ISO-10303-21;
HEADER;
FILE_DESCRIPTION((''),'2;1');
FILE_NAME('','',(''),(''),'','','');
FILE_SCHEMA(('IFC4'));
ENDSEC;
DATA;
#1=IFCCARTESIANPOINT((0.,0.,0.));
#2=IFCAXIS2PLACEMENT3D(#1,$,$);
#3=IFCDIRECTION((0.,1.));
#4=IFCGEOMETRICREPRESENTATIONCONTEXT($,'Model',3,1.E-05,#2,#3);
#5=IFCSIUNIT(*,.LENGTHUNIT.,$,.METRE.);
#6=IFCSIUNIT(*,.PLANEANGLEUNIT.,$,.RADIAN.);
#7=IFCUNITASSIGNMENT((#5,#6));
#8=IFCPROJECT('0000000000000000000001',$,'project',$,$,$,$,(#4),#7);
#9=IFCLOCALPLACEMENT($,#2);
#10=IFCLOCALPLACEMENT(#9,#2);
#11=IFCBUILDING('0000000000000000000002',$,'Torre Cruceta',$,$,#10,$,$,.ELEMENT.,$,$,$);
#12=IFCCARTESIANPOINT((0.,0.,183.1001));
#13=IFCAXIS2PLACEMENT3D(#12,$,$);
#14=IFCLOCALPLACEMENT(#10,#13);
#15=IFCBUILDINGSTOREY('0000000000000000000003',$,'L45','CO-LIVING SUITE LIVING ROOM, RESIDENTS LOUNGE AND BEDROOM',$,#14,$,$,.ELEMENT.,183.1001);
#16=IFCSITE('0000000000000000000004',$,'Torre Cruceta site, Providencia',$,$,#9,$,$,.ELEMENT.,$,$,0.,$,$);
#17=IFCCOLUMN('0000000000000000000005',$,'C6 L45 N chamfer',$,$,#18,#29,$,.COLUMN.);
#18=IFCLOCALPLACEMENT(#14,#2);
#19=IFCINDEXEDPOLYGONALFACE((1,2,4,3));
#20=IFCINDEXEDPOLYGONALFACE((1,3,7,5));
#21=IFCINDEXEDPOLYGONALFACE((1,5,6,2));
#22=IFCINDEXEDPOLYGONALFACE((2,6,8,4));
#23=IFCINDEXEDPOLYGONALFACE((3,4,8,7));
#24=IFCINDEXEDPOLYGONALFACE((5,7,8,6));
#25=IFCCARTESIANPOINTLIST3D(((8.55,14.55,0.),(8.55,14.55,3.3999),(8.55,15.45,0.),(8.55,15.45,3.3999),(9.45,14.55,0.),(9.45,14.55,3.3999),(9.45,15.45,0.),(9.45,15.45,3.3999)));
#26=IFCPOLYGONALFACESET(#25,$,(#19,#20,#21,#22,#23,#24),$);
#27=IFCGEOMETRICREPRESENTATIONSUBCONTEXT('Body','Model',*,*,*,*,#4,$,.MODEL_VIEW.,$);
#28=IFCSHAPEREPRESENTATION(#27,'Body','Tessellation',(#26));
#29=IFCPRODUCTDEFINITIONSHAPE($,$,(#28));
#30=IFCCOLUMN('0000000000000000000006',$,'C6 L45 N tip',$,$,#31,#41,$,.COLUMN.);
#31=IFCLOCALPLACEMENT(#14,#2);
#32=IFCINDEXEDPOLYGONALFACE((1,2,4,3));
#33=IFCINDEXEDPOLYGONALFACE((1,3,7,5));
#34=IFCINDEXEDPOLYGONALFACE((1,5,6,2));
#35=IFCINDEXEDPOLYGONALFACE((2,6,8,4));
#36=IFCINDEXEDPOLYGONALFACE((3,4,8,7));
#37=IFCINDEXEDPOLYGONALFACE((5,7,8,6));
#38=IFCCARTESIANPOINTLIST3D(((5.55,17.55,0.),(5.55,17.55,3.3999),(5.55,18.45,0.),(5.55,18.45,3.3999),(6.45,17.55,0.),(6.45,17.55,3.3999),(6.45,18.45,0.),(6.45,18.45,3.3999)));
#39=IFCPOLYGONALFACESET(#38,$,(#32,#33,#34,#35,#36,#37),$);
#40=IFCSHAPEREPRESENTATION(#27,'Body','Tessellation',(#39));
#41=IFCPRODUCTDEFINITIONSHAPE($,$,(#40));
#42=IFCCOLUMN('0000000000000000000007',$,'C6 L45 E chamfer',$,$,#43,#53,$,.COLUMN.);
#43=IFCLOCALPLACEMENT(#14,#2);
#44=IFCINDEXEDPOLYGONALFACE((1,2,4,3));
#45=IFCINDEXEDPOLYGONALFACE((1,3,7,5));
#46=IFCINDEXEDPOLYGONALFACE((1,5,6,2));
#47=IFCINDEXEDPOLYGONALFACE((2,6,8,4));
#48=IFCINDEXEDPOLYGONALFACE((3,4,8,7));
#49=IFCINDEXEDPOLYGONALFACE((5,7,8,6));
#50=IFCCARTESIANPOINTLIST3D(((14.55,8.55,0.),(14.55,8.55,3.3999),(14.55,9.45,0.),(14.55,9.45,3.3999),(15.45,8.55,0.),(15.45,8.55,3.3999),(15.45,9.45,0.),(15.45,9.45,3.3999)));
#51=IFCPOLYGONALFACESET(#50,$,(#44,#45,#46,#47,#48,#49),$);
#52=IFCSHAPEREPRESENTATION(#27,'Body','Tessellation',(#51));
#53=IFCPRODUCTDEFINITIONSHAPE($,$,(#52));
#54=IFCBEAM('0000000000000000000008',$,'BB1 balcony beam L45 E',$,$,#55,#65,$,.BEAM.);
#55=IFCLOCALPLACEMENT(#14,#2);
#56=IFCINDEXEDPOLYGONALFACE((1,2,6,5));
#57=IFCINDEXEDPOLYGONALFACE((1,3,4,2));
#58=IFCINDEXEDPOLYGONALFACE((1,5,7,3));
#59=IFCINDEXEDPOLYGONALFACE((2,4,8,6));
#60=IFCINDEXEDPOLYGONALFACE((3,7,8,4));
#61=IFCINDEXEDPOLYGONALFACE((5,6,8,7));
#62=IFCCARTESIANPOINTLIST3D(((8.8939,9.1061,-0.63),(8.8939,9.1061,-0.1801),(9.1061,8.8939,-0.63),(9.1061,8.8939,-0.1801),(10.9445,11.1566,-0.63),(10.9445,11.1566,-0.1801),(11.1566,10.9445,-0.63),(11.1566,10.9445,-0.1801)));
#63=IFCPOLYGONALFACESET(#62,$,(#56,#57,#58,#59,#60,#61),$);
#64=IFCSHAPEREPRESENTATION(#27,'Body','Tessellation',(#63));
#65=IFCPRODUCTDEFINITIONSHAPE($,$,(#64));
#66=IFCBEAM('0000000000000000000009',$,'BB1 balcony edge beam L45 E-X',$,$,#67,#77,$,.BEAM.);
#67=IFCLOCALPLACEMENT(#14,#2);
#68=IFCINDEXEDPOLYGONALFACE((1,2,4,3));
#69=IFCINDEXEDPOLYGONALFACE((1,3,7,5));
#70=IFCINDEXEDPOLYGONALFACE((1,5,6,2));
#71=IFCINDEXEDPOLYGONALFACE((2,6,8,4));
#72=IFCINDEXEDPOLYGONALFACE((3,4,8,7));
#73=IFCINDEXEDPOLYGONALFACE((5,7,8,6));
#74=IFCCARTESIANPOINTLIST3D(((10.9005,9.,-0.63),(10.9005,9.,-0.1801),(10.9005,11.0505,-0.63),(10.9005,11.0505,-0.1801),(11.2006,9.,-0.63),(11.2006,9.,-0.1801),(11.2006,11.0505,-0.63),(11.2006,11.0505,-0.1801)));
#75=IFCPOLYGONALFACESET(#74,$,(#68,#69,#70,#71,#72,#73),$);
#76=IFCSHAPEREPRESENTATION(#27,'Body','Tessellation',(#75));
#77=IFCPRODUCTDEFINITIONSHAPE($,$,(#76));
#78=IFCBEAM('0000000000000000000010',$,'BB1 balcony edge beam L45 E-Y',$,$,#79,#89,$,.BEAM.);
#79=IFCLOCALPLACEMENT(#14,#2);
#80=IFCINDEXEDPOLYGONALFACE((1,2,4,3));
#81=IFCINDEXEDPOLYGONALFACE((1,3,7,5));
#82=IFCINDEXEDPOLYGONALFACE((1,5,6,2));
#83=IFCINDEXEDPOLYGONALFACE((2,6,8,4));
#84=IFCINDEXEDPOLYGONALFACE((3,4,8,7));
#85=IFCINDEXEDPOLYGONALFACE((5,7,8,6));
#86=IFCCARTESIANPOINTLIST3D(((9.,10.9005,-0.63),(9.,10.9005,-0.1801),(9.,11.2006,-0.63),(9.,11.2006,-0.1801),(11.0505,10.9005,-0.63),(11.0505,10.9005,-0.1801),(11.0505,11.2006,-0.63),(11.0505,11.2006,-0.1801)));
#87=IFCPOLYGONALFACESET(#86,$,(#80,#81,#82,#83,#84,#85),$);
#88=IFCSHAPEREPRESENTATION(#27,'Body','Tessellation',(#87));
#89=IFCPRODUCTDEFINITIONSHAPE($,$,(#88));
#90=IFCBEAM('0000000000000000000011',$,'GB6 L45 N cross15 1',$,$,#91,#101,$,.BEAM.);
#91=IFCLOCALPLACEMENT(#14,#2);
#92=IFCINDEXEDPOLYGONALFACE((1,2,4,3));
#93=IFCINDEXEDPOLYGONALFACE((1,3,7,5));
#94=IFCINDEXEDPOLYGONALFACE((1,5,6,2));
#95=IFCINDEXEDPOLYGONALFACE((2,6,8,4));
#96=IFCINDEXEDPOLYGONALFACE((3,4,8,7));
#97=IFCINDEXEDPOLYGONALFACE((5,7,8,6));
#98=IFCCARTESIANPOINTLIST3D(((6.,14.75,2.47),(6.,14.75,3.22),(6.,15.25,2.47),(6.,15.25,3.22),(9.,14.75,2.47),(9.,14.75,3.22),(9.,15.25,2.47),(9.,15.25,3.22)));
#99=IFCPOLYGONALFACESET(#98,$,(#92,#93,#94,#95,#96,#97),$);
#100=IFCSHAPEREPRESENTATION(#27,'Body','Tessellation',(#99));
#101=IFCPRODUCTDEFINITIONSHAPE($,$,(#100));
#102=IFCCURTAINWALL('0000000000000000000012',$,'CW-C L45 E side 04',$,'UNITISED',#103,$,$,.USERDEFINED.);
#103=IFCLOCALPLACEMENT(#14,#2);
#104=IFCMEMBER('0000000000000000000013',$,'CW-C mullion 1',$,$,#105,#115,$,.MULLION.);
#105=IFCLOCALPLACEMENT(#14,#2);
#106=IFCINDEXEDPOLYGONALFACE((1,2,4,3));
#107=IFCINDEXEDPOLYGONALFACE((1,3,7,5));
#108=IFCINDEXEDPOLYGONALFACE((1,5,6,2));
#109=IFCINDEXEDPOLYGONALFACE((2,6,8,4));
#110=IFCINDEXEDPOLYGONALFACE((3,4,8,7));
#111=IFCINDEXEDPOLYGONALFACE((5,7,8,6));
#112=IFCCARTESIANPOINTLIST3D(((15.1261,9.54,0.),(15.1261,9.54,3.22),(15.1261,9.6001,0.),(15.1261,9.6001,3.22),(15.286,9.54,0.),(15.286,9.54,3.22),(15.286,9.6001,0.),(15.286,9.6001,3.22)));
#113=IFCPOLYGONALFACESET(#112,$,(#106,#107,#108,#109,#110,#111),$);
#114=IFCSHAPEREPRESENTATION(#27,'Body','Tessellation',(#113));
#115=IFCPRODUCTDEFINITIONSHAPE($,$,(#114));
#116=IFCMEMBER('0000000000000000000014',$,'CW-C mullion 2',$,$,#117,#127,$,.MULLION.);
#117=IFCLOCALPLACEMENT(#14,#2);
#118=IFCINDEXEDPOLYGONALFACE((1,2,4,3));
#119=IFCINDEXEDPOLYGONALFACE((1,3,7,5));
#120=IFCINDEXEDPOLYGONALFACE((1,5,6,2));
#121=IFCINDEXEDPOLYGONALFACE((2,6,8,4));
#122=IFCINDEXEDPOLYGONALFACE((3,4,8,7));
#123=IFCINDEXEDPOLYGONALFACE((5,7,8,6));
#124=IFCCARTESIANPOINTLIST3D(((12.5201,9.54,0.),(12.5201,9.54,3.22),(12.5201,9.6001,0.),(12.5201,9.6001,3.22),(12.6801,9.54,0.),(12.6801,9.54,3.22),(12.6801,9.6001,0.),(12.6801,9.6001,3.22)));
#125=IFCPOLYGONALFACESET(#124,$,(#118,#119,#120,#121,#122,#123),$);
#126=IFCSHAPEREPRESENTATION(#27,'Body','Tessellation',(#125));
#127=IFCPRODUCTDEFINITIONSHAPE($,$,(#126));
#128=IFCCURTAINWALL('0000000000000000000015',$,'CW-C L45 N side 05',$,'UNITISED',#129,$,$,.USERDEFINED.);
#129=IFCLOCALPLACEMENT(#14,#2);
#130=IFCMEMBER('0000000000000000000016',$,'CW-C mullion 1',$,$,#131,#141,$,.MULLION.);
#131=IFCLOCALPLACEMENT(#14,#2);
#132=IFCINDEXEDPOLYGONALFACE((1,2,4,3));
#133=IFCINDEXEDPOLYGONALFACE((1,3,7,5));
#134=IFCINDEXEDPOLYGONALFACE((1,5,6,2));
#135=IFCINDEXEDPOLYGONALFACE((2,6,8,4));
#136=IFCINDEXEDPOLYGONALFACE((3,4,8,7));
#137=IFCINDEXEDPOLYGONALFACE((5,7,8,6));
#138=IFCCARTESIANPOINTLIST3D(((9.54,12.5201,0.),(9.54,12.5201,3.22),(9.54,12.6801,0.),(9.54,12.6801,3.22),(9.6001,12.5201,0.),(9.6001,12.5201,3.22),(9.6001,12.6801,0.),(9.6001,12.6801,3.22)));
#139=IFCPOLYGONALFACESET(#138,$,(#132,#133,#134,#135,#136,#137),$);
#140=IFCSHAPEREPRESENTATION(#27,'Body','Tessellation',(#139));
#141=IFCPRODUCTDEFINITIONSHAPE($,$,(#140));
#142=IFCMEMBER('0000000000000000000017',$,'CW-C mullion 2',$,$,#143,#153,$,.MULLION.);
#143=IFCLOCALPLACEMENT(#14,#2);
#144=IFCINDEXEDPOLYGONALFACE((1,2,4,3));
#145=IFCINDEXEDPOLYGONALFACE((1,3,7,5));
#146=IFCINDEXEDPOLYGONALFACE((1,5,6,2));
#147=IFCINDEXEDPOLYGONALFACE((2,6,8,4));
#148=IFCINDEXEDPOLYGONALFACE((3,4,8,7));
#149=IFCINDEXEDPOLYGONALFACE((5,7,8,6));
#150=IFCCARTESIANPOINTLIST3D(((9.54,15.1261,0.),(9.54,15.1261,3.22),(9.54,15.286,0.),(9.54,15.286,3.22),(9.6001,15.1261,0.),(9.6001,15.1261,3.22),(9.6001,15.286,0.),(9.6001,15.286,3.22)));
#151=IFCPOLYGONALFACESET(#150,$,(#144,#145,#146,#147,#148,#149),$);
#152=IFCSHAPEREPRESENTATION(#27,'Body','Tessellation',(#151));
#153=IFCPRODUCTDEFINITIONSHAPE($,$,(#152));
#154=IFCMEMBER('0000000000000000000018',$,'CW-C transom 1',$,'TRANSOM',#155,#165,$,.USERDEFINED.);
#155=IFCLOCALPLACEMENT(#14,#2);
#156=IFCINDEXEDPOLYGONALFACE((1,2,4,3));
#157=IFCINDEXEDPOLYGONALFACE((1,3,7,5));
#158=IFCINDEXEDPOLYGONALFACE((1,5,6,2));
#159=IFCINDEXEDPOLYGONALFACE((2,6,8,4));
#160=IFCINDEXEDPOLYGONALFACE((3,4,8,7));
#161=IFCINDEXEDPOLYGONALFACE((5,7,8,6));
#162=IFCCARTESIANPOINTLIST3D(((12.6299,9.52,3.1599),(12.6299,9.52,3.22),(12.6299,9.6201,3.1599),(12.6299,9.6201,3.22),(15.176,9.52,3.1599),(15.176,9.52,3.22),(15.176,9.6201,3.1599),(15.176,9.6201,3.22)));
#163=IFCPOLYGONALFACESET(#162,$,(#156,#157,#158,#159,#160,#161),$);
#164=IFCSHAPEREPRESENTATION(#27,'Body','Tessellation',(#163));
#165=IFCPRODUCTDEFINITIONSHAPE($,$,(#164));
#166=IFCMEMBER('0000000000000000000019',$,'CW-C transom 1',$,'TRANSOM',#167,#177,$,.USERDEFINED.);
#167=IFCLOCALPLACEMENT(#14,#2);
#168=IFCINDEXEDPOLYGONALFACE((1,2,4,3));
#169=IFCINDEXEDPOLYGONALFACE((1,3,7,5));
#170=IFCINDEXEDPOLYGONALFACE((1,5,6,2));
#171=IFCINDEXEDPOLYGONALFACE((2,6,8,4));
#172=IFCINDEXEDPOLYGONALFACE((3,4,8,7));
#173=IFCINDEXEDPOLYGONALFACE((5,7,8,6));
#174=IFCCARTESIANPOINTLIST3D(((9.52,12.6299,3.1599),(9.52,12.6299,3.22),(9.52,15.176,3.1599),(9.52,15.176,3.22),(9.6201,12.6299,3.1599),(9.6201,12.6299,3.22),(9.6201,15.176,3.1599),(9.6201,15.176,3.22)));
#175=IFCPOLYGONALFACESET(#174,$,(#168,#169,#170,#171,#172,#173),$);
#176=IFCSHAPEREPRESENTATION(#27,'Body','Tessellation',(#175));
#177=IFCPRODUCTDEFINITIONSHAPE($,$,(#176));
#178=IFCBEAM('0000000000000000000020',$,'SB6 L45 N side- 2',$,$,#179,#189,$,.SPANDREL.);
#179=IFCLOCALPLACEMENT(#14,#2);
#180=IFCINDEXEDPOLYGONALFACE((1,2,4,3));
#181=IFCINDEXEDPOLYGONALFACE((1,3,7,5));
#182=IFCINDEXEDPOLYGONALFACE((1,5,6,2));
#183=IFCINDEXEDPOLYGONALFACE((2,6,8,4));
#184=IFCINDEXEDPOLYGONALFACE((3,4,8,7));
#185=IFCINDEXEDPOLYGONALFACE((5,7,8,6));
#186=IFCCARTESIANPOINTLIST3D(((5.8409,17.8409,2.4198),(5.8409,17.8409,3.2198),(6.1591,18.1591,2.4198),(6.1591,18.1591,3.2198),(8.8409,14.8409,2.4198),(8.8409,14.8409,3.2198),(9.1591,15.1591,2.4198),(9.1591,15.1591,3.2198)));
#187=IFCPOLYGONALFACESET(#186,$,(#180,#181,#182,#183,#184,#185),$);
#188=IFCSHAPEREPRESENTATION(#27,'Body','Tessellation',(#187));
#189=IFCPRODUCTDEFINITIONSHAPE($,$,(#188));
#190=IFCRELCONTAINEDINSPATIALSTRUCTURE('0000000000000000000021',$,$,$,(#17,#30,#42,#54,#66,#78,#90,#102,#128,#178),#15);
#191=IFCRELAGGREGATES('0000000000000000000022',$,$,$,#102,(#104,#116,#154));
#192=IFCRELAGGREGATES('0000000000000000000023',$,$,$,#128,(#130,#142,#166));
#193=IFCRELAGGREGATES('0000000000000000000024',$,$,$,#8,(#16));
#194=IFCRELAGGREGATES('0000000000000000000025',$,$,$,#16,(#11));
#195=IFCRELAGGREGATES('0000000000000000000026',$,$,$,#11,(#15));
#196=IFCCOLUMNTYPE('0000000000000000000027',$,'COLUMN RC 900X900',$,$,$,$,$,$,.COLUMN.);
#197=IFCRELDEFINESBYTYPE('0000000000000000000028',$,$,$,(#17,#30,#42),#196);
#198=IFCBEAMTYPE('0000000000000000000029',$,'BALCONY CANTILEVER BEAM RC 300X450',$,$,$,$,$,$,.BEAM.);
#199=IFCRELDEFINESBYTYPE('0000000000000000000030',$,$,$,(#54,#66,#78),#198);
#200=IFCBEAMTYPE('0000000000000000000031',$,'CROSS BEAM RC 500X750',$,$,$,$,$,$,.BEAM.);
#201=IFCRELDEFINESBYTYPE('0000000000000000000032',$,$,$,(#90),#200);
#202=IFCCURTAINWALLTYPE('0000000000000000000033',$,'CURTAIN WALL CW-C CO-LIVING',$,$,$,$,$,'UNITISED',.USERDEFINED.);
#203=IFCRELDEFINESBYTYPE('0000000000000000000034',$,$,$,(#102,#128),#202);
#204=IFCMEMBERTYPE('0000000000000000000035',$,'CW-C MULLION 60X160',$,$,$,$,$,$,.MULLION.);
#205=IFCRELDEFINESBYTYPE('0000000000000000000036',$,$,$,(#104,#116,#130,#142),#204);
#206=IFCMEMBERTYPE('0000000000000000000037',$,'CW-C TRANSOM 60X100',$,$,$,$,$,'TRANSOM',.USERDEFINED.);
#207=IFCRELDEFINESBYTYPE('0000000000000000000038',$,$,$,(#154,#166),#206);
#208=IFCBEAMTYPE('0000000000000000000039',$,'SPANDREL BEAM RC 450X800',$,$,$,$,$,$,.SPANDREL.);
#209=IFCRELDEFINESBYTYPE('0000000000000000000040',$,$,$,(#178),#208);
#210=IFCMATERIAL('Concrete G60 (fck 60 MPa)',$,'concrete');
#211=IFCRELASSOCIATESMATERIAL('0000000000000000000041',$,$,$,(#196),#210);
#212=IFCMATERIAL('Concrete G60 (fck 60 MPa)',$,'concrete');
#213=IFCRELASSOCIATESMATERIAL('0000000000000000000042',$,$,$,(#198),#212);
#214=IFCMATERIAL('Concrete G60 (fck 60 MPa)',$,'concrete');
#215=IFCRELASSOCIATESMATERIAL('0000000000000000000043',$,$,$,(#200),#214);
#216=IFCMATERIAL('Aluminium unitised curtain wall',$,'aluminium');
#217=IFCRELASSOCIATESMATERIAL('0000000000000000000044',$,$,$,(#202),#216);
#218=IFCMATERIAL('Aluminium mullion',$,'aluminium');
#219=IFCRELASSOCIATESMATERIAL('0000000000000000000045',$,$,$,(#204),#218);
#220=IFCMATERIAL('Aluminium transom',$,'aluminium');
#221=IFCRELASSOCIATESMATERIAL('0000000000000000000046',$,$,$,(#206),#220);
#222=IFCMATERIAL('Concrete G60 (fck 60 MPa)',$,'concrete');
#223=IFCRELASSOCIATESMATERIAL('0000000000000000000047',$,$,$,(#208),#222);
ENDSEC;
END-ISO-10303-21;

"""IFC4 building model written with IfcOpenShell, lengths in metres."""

from ifc_helpers import new_model, si_unit, direction, frame, origin, origin_2d, place, context, subcontext, project, spatial, rectangle, extrude, material, material_profile, profile_set, type_object, element, aggregate, save


model = new_model("IFC4")

# Units and contexts
model_context = context("Model", 3, precision=1e-05, world=origin(), true_north=direction((0.0, 1.0)))
body_context = subcontext(model_context, "Body", "Model", "MODEL_VIEW")
ifc_project = project(units=[si_unit("LENGTHUNIT", "METRE"), si_unit("PLANEANGLEUNIT", "RADIAN")], contexts=[model_context])

# Site, building, storey
site_placement = place(None, origin())
site = spatial("IfcSite", under=ifc_project, at=site_placement, Name="Torre Cruceta site, Providencia", CompositionType="ELEMENT", RefElevation=0.0)
building_placement = place(site_placement, origin())
building = spatial("IfcBuilding", under=site, at=building_placement, Name="Torre Cruceta", CompositionType="ELEMENT")
storey_placement = place(building_placement, frame((0.0, 0.0, 183.1001)))
storey = spatial("IfcBuildingStorey", under=building, at=storey_placement, Name="L45", Description="CO-LIVING SUITE LIVING ROOM, RESIDENTS LOUNGE AND BEDROOM", CompositionType="ELEMENT", Elevation=183.1001)

# Columns
ifc_material_1 = material(Name="Concrete G60 (fck 60 MPa)", Category="concrete")
ifc_material_profile_1 = material_profile(ifc_material_1, rectangle(XDim=0.8999, YDim=0.8999, at=origin_2d()), Name="RC 900X900")
ifc_profile_set_1 = profile_set([ifc_material_profile_1], Name="Concrete G60 (fck 60 MPa)")
column_type = type_object("IfcColumnType", Name="COLUMN RC 900X900", PredefinedType="COLUMN", material=ifc_profile_set_1)
for number, where, z_axis, x_axis, name in (
    (1, (9.0, 15.0, 0.0), (0.0, 0.0, 1.0), (1.0, 0.0, 0.0), "C6 L45 N chamfer"),
    (2, (6.0, 18.0, 0.0), (0.0, 0.0, 1.0), (1.0, 0.0, 0.0), "C6 L45 N tip"),
    (3, (15.0, 9.0, 0.0), (0.0, 0.0, 1.0), (1.0, 0.0, 0.0), "C6 L45 E chamfer"),
):
    element("IfcColumn", number, at=place(storey_placement, frame(where, z_axis=z_axis, x_axis=x_axis)), inside=storey, type_object=column_type, Name=name, PredefinedType="COLUMN", context=body_context, shape_type="SweptSolid", body=[
        extrude(rectangle(XDim=0.8999, YDim=0.8999, at=origin_2d()), origin(), (0.0, 0.0, 1.0), 3.3999),
    ])

# Beams
ifc_material_2 = material(Name="Concrete G60 (fck 60 MPa)", Category="concrete")
ifc_material_profile_2 = material_profile(ifc_material_2, rectangle(XDim=0.3, YDim=0.45, at=origin_2d()), Name="RC 300X450")
ifc_profile_set_2 = profile_set([ifc_material_profile_2], Name="Concrete G60 (fck 60 MPa)")
beam_type_1 = type_object("IfcBeamType", Name="BALCONY CANTILEVER BEAM RC 300X450", PredefinedType="BEAM", material=ifc_profile_set_2)
beam_1_placement = place(storey_placement, frame((9.0, 9.0, -0.405), z_axis=(0.707107, 0.707107, 0.0), x_axis=(-0.707107, 0.707107, 0.0)))
element("IfcBeam", 4, at=beam_1_placement, inside=storey, type_object=beam_type_1, Name="BB1 balcony beam L45 E", PredefinedType="BEAM", context=body_context, shape_type="SweptSolid", body=[
    extrude(rectangle(XDim=0.3, YDim=0.45, at=origin_2d()), origin(), (0.0, 0.0, 1.0), 2.8999),
])
for number, where, z_axis, x_axis, name in (
    (5, (11.0505, 9.0, -0.405), (0.0, 1.0, 0.0), (-1.0, 0.0, 0.0), "BB1 balcony edge beam L45 E-X"),
    (6, (9.0, 11.0505, -0.405), (1.0, 0.0, 0.0), (0.0, 1.0, 0.0), "BB1 balcony edge beam L45 E-Y"),
):
    element("IfcBeam", number, at=place(storey_placement, frame(where, z_axis=z_axis, x_axis=x_axis)), inside=storey, type_object=beam_type_1, Name=name, PredefinedType="BEAM", context=body_context, shape_type="SweptSolid", body=[
        extrude(rectangle(XDim=0.3, YDim=0.45, at=origin_2d()), origin(), (0.0, 0.0, 1.0), 2.0505),
    ])
ifc_material_3 = material(Name="Concrete G60 (fck 60 MPa)", Category="concrete")
ifc_material_profile_3 = material_profile(ifc_material_3, rectangle(XDim=0.5, YDim=0.75, at=origin_2d()), Name="RC 500X750")
ifc_profile_set_3 = profile_set([ifc_material_profile_3], Name="Concrete G60 (fck 60 MPa)")
beam_type_2 = type_object("IfcBeamType", Name="CROSS BEAM RC 500X750", PredefinedType="BEAM", material=ifc_profile_set_3)
beam_2_placement = place(storey_placement, frame((9.0, 15.0, 2.845), z_axis=(-1.0, 0.0, 0.0), x_axis=(0.0, -1.0, 0.0)))
element("IfcBeam", 7, at=beam_2_placement, inside=storey, type_object=beam_type_2, Name="GB6 L45 N cross15 1", PredefinedType="BEAM", context=body_context, shape_type="SweptSolid", body=[
    extrude(rectangle(XDim=0.5, YDim=0.75, at=origin_2d()), origin(), (0.0, 0.0, 1.0), 3.0),
])

# Curtain walls, members
ifc_material_4 = material(Name="Aluminium unitised curtain wall", Category="aluminium")
curtain_wall_type = type_object("IfcCurtainWallType", Name="CURTAIN WALL CW-C CO-LIVING", ElementType="UNITISED", PredefinedType="USERDEFINED", material=ifc_material_4)
curtain_wall_1_placement = place(storey_placement, origin())
curtain_wall_1 = element("IfcCurtainWall", 8, at=curtain_wall_1_placement, inside=storey, type_object=curtain_wall_type, Name="CW-C L45 E side 04", ObjectType="UNITISED", PredefinedType="USERDEFINED")
ifc_material_5 = material(Name="Aluminium mullion", Category="aluminium")
ifc_material_profile_4 = material_profile(ifc_material_5, rectangle(XDim=0.0601, YDim=0.1599, at=origin_2d()), Name="AL 60X160")
ifc_profile_set_4 = profile_set([ifc_material_profile_4], Name="Aluminium mullion")
member_type_1 = type_object("IfcMemberType", Name="CW-C MULLION 60X160", PredefinedType="MULLION", material=ifc_profile_set_4)
member_1_placement = place(storey_placement, frame((15.2061, 9.5701, 0.0), z_axis=(0.0, 0.0, 1.0), x_axis=(0.0, -1.0, 0.0)))
member_1 = element("IfcMember", 9, at=member_1_placement, type_object=member_type_1, Name="CW-C mullion 1", PredefinedType="MULLION", context=body_context, shape_type="SweptSolid", body=[
    extrude(rectangle(XDim=0.0601, YDim=0.1599, at=origin_2d()), origin(), (0.0, 0.0, 1.0), 3.22),
])
member_2_placement = place(storey_placement, frame((12.6001, 9.5701, 0.0), z_axis=(0.0, 0.0, 1.0), x_axis=(0.0, -1.0, 0.0)))
member_2 = element("IfcMember", 10, at=member_2_placement, type_object=member_type_1, Name="CW-C mullion 2", PredefinedType="MULLION", context=body_context, shape_type="SweptSolid", body=[
    extrude(rectangle(XDim=0.0601, YDim=0.1599, at=origin_2d()), origin(), (0.0, 0.0, 1.0), 3.22),
])
curtain_wall_2_placement = place(storey_placement, origin())
curtain_wall_2 = element("IfcCurtainWall", 11, at=curtain_wall_2_placement, inside=storey, type_object=curtain_wall_type, Name="CW-C L45 N side 05", ObjectType="UNITISED", PredefinedType="USERDEFINED")
member_3_placement = place(storey_placement, frame((9.5701, 12.6001, 0.0), z_axis=(0.0, 0.0, 1.0), x_axis=(-1.0, 0.0, 0.0)))
member_3 = element("IfcMember", 12, at=member_3_placement, type_object=member_type_1, Name="CW-C mullion 1", PredefinedType="MULLION", context=body_context, shape_type="SweptSolid", body=[
    extrude(rectangle(XDim=0.0601, YDim=0.1599, at=origin_2d()), origin(), (0.0, 0.0, 1.0), 3.22),
])
member_4_placement = place(storey_placement, frame((9.5701, 15.2061, 0.0), z_axis=(0.0, 0.0, 1.0), x_axis=(-1.0, 0.0, 0.0)))
member_4 = element("IfcMember", 13, at=member_4_placement, type_object=member_type_1, Name="CW-C mullion 2", PredefinedType="MULLION", context=body_context, shape_type="SweptSolid", body=[
    extrude(rectangle(XDim=0.0601, YDim=0.1599, at=origin_2d()), origin(), (0.0, 0.0, 1.0), 3.22),
])

# Members
ifc_material_6 = material(Name="Aluminium transom", Category="aluminium")
ifc_material_profile_5 = material_profile(ifc_material_6, rectangle(XDim=0.1001, YDim=0.0601, at=origin_2d()), Name="AL 100X60")
ifc_profile_set_5 = profile_set([ifc_material_profile_5], Name="Aluminium transom")
member_type_2 = type_object("IfcMemberType", Name="CW-C TRANSOM 60X100", ElementType="TRANSOM", PredefinedType="USERDEFINED", material=ifc_profile_set_5)
member_5_placement = place(storey_placement, frame((15.176, 9.5701, 3.1899), z_axis=(-1.0, 0.0, 0.0), x_axis=(0.0, -1.0, 0.0)))
member_5 = element("IfcMember", 14, at=member_5_placement, type_object=member_type_2, Name="CW-C transom 1", ObjectType="TRANSOM", PredefinedType="USERDEFINED", context=body_context, shape_type="SweptSolid", body=[
    extrude(rectangle(XDim=0.1001, YDim=0.0601, at=origin_2d()), origin(), (0.0, 0.0, 1.0), 2.5461),
])
member_6_placement = place(storey_placement, frame((9.5701, 12.6299, 3.1899), z_axis=(0.0, 1.0, 0.0), x_axis=(-1.0, 0.0, 0.0)))
member_6 = element("IfcMember", 15, at=member_6_placement, type_object=member_type_2, Name="CW-C transom 1", ObjectType="TRANSOM", PredefinedType="USERDEFINED", context=body_context, shape_type="SweptSolid", body=[
    extrude(rectangle(XDim=0.1001, YDim=0.0601, at=origin_2d()), origin(), (0.0, 0.0, 1.0), 2.5461),
])

# Beam
ifc_material_7 = material(Name="Concrete G60 (fck 60 MPa)", Category="concrete")
ifc_material_profile_6 = material_profile(ifc_material_7, rectangle(XDim=0.45, YDim=0.8, at=origin_2d()), Name="RC 450X800")
ifc_profile_set_6 = profile_set([ifc_material_profile_6], Name="Concrete G60 (fck 60 MPa)")
beam_type_3 = type_object("IfcBeamType", Name="SPANDREL BEAM RC 450X800", PredefinedType="SPANDREL", material=ifc_profile_set_6)
for number, where, z_axis, x_axis, name in (
    (16, (9.0, 15.0, 2.8198), (-0.707107, 0.707107, 0.0), (-0.707107, -0.707107, 0.0), "SB6 L45 N side- 2"),
):
    element("IfcBeam", number, at=place(storey_placement, frame(where, z_axis=z_axis, x_axis=x_axis)), inside=storey, type_object=beam_type_3, Name=name, PredefinedType="SPANDREL", context=body_context, shape_type="SweptSolid", body=[
        extrude(rectangle(XDim=0.45, YDim=0.8, at=origin_2d()), origin(), (0.0, 0.0, 1.0), 4.2427),
    ])

aggregate(curtain_wall_1, [member_1, member_2, member_5])
aggregate(curtain_wall_2, [member_3, member_4, member_6])

save(model, "model.ifc")
